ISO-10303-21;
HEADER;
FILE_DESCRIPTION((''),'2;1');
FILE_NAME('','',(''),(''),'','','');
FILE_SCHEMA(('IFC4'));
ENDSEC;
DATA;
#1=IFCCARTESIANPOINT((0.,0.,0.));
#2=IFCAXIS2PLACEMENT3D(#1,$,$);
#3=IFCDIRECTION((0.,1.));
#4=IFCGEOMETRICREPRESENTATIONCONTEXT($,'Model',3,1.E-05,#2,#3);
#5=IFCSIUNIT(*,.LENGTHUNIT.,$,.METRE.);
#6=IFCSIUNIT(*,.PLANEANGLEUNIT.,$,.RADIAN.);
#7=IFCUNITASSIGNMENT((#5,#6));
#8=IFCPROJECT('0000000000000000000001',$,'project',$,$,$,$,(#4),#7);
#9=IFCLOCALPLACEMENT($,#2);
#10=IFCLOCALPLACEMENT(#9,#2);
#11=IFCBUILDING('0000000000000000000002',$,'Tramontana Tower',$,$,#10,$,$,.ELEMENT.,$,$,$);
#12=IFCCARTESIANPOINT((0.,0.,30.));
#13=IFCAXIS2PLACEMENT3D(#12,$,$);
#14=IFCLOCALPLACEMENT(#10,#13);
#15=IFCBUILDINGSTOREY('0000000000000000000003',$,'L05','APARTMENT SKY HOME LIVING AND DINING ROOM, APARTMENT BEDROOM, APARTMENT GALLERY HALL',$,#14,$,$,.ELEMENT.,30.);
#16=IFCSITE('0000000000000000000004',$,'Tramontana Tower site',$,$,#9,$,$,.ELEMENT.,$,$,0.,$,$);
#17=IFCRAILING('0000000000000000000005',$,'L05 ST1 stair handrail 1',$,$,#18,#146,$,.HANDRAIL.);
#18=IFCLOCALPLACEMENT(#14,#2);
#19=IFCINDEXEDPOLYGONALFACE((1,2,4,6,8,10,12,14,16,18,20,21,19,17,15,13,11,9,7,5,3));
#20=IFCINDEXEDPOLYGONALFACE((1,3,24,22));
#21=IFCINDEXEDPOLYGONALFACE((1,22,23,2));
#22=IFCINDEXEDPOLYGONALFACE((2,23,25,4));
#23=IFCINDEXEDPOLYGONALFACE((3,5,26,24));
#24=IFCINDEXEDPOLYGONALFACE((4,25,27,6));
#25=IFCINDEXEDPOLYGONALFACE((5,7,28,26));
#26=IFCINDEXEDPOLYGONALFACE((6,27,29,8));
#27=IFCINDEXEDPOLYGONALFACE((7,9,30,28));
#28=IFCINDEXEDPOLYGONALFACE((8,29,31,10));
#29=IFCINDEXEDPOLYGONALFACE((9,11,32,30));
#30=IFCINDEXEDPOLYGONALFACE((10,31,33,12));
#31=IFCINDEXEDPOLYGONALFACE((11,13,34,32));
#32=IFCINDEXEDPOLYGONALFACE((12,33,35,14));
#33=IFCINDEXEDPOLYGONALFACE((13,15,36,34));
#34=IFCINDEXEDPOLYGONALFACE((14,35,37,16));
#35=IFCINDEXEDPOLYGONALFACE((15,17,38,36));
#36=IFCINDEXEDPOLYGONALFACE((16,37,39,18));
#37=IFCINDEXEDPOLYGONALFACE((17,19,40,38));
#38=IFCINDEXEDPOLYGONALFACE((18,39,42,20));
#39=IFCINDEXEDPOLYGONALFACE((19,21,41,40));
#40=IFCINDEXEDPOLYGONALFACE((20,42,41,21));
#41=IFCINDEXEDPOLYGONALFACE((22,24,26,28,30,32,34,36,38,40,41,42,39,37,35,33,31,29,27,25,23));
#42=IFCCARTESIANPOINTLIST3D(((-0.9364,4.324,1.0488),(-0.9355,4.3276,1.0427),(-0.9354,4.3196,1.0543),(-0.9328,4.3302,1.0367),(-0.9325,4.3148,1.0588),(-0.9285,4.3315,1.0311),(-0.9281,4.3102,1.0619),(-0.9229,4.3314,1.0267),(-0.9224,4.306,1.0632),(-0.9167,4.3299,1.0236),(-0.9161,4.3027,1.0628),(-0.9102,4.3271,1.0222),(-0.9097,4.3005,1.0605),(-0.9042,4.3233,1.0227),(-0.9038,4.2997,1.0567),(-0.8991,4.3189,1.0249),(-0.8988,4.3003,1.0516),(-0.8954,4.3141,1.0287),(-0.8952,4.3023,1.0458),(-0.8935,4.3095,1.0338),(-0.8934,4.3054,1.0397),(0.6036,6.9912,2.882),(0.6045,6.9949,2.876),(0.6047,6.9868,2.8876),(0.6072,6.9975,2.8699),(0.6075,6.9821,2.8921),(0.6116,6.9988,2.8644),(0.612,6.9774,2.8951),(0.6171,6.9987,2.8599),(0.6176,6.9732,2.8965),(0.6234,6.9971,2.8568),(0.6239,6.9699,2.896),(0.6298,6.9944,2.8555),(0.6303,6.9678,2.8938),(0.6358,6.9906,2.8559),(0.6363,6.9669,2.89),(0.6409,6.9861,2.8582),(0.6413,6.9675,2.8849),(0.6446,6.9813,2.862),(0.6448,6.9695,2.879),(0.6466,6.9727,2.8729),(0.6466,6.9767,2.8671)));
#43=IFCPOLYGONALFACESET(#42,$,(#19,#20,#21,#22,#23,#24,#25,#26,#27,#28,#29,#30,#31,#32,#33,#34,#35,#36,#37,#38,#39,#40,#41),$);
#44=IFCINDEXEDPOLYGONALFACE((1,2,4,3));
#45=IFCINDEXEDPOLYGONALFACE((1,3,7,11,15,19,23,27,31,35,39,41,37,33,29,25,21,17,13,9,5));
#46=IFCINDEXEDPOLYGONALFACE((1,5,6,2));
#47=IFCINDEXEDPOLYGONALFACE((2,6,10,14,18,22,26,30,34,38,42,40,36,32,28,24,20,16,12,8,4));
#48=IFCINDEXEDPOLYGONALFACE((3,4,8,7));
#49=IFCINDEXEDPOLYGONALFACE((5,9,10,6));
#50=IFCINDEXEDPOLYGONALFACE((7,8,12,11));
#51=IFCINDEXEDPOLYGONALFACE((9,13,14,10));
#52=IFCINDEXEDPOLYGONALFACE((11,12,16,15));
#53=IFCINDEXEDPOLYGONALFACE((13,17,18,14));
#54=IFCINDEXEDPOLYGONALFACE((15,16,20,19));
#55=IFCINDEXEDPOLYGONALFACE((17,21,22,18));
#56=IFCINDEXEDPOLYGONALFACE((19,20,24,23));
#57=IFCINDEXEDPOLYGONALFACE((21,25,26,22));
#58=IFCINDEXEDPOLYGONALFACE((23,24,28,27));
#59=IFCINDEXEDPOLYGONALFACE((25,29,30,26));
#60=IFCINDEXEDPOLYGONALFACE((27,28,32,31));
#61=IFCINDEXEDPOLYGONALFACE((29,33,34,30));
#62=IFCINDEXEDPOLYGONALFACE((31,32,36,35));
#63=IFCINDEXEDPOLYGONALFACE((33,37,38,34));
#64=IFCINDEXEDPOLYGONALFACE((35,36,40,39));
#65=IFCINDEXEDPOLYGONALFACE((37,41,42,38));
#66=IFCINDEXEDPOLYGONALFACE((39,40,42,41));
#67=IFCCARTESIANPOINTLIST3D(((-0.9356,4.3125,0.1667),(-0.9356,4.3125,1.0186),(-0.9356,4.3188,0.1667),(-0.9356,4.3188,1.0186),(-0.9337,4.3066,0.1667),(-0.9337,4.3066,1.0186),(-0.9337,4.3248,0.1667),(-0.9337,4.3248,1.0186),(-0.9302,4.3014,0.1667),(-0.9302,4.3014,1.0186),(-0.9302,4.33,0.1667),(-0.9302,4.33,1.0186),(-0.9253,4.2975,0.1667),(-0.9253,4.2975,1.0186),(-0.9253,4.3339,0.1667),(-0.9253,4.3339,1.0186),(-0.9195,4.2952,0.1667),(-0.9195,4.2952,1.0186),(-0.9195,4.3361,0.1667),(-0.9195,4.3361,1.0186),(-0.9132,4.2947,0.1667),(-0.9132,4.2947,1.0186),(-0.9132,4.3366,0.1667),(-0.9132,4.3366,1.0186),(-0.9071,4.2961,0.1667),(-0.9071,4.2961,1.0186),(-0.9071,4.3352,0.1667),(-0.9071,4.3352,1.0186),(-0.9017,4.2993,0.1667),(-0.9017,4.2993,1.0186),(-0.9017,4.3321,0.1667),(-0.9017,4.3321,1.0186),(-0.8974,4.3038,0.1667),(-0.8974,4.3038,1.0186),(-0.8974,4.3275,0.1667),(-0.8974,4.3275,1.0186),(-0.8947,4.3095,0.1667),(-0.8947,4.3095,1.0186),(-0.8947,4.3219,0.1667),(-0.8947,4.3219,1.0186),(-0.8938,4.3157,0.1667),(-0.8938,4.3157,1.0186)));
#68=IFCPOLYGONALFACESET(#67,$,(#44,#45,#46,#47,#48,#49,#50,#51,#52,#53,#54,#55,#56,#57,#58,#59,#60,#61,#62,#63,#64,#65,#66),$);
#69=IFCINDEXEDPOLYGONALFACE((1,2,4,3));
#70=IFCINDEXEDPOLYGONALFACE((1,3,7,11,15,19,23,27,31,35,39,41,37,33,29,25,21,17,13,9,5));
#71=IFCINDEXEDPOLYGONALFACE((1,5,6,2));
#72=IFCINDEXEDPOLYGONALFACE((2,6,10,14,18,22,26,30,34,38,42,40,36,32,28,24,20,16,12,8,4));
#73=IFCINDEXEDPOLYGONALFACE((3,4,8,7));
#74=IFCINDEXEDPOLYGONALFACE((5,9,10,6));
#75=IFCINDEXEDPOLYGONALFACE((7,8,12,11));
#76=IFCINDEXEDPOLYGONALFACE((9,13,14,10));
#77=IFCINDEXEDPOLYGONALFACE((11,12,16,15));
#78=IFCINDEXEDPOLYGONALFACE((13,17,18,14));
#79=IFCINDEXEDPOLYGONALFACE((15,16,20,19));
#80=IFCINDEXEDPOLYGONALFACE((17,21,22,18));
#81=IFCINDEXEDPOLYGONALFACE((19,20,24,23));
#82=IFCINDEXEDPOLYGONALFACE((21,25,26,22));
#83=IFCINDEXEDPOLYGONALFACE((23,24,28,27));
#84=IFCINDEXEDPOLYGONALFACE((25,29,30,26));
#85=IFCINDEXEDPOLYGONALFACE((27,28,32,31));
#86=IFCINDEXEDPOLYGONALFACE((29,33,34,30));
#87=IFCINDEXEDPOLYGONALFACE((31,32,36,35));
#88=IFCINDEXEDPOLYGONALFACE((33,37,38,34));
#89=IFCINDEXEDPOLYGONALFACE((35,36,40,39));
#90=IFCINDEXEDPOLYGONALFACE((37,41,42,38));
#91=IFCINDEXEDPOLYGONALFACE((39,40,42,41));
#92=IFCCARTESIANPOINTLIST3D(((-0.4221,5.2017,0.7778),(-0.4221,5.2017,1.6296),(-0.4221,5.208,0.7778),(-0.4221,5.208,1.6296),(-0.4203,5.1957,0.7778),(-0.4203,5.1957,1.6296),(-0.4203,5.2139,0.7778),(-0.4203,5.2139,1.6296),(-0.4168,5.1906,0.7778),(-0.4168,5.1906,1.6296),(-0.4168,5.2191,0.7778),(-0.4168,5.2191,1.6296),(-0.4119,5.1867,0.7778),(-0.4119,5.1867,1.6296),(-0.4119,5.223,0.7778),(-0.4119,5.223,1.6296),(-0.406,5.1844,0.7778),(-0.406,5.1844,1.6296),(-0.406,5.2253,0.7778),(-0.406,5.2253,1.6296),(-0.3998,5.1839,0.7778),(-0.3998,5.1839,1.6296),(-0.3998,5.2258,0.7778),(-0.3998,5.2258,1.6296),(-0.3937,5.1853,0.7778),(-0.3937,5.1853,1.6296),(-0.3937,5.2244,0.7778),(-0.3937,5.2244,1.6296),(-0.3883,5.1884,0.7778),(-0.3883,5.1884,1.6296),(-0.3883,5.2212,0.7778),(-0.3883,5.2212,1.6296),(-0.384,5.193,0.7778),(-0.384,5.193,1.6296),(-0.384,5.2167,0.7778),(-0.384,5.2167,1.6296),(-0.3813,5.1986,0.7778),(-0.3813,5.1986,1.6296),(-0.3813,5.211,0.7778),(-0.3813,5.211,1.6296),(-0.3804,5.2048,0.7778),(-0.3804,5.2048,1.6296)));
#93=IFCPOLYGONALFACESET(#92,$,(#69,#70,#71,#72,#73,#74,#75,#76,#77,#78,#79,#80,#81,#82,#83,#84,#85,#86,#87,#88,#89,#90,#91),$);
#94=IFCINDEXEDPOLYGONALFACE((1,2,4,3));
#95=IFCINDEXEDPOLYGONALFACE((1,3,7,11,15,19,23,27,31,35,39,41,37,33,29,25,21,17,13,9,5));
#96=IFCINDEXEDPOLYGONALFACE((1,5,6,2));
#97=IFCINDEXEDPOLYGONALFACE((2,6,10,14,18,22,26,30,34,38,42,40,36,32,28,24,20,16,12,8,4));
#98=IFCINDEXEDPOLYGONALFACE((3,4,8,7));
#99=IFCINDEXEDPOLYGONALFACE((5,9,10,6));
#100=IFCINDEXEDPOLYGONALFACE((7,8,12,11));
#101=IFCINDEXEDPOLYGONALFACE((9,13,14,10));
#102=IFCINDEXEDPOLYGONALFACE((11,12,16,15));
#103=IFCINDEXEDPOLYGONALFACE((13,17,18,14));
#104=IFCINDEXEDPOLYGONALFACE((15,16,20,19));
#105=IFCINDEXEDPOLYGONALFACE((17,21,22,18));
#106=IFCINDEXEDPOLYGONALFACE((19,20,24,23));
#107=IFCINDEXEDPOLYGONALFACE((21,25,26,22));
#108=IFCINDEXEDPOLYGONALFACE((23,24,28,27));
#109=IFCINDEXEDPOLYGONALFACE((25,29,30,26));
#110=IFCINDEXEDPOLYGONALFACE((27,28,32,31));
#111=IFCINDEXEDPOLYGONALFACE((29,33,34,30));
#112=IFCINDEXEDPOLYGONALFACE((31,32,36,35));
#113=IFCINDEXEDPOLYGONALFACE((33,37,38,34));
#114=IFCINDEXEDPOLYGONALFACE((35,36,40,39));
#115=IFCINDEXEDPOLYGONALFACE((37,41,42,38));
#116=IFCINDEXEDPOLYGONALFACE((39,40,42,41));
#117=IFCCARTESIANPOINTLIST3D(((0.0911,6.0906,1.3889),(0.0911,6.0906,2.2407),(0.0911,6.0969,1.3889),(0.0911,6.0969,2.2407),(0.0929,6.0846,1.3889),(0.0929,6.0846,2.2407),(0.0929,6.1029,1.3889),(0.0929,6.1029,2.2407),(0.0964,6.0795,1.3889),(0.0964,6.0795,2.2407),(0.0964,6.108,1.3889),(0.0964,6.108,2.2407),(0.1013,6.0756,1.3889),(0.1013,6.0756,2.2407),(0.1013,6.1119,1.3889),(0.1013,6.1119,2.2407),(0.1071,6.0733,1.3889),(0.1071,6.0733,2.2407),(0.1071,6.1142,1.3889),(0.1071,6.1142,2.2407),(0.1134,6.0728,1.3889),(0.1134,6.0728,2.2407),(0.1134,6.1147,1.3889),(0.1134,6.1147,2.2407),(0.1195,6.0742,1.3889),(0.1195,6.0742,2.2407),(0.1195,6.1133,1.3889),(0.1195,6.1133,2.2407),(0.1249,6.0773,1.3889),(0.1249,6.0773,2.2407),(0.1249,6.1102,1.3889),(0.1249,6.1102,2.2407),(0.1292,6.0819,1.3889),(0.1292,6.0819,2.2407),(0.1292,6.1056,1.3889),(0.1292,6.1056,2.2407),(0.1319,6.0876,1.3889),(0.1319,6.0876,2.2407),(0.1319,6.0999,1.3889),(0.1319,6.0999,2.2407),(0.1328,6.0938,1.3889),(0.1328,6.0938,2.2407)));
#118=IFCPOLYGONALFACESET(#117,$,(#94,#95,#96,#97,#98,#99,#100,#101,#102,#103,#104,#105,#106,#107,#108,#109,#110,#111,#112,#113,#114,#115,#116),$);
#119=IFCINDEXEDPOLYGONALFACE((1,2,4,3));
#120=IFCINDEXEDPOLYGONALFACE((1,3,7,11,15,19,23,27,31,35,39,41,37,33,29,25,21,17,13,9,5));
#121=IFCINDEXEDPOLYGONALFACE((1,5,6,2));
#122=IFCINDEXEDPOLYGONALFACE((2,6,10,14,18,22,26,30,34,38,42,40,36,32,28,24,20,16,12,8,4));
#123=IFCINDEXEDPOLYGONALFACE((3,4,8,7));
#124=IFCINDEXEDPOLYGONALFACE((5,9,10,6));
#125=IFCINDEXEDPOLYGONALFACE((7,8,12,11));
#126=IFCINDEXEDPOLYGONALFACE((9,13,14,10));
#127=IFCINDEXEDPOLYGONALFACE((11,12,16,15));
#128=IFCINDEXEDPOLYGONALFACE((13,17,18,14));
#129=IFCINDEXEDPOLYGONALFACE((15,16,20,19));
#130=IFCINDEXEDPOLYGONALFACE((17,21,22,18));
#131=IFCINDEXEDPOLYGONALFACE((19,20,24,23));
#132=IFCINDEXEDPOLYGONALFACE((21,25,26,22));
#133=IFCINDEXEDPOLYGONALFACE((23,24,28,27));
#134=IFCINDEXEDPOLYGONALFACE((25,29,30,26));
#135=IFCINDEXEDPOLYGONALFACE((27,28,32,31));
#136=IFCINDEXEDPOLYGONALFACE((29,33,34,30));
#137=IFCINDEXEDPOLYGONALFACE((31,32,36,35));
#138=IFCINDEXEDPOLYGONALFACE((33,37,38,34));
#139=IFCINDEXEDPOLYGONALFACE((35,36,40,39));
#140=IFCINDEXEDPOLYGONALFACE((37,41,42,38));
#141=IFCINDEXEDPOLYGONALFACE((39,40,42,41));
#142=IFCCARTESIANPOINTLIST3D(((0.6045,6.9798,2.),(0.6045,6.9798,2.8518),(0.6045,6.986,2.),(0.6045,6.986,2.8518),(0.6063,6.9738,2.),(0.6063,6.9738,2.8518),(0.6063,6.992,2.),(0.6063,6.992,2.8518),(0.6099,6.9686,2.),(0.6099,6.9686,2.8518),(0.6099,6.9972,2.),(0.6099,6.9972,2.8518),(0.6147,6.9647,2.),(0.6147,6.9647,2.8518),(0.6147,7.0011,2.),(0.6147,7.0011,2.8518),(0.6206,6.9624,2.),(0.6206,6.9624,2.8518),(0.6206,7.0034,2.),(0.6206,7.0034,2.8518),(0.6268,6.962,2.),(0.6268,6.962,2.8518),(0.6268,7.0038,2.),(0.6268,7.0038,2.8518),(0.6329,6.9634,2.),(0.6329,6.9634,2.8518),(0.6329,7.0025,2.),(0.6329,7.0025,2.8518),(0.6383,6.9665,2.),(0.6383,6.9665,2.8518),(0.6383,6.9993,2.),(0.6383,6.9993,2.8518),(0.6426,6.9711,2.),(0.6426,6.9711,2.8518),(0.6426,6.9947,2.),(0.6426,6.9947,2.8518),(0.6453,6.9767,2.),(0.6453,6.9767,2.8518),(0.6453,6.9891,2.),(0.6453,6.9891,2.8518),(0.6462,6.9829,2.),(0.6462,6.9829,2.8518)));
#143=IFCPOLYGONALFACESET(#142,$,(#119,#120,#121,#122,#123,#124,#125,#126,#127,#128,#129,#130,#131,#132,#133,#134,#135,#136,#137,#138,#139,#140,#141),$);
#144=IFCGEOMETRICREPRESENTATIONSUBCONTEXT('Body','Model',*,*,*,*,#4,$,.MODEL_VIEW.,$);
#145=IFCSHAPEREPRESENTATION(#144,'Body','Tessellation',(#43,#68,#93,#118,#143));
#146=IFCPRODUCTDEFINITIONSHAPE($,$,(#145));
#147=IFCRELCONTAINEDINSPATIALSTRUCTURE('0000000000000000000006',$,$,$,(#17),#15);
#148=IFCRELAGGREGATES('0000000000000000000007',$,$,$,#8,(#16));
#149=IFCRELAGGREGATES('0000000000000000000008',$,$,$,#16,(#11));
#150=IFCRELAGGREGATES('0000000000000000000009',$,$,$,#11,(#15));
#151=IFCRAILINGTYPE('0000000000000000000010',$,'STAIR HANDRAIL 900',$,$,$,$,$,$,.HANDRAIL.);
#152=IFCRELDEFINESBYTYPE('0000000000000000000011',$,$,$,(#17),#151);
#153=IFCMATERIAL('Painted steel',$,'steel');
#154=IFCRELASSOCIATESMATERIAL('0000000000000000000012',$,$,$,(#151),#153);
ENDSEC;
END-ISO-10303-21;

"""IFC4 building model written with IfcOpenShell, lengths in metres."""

from ifc_helpers import new_model, si_unit, direction, frame, origin, origin_2d, place, context, subcontext, project, spatial, circle, extrude, material, type_object, element, save


model = new_model("IFC4")

# Units and contexts
model_context = context("Model", 3, precision=1e-05, world=origin(), true_north=direction((0.0, 1.0)))
body_context = subcontext(model_context, "Body", "Model", "MODEL_VIEW")
ifc_project = project(units=[si_unit("LENGTHUNIT", "METRE"), si_unit("PLANEANGLEUNIT", "RADIAN")], contexts=[model_context])

# Site, building, storey
site_placement = place(None, origin())
site = spatial("IfcSite", under=ifc_project, at=site_placement, Name="Tramontana Tower site", CompositionType="ELEMENT", RefElevation=0.0)
building_placement = place(site_placement, origin())
building = spatial("IfcBuilding", under=site, at=building_placement, Name="Tramontana Tower", CompositionType="ELEMENT")
storey_placement = place(building_placement, frame((0.0, 0.0, 30.0)))
storey = spatial("IfcBuildingStorey", under=building, at=storey_placement, Name="L05", Description="APARTMENT SKY HOME LIVING AND DINING ROOM, APARTMENT BEDROOM, APARTMENT GALLERY HALL", CompositionType="ELEMENT", Elevation=30.0)

# Railing
ifc_material_1 = material(Name="Painted steel", Category="steel")
railing_type_1 = type_object("IfcRailingType", Name="STAIR HANDRAIL 900", PredefinedType="HANDRAIL", material=ifc_material_1)
railing_1_placement = place(storey_placement, frame((-0.9148, 4.3157, 0.1667)))
element("IfcRailing", 1, at=railing_1_placement, inside=storey, type_object=railing_type_1, Name="L05 ST1 stair handrail 1", PredefinedType="HANDRAIL", context=body_context, shape_type="SweptSolid", body=[
    extrude(circle(Radius=0.0239, at=origin_2d()), frame((0.0, 0.0, 0.876), z_axis=(0.429671, 0.744159, 0.511478), x_axis=(-0.86601, 0.500027, 0.0)), (0.0, 0.0, 1.0), 3.5842),
    extrude(circle(Radius=0.021, at=origin_2d()), origin(), (0.0, 0.0, 1.0), 0.8518),
    extrude(circle(Radius=0.021, at=origin_2d()), frame((0.5134, 0.8892, 0.6111)), (0.0, 0.0, 1.0), 0.8518),
    extrude(circle(Radius=0.021, at=origin_2d()), frame((1.0266, 1.7781, 1.2222)), (0.0, 0.0, 1.0), 0.8518),
    extrude(circle(Radius=0.021, at=origin_2d()), frame((1.54, 2.6672, 1.8333)), (0.0, 0.0, 1.0), 0.8518),
])

save(model, "model.ifc")
